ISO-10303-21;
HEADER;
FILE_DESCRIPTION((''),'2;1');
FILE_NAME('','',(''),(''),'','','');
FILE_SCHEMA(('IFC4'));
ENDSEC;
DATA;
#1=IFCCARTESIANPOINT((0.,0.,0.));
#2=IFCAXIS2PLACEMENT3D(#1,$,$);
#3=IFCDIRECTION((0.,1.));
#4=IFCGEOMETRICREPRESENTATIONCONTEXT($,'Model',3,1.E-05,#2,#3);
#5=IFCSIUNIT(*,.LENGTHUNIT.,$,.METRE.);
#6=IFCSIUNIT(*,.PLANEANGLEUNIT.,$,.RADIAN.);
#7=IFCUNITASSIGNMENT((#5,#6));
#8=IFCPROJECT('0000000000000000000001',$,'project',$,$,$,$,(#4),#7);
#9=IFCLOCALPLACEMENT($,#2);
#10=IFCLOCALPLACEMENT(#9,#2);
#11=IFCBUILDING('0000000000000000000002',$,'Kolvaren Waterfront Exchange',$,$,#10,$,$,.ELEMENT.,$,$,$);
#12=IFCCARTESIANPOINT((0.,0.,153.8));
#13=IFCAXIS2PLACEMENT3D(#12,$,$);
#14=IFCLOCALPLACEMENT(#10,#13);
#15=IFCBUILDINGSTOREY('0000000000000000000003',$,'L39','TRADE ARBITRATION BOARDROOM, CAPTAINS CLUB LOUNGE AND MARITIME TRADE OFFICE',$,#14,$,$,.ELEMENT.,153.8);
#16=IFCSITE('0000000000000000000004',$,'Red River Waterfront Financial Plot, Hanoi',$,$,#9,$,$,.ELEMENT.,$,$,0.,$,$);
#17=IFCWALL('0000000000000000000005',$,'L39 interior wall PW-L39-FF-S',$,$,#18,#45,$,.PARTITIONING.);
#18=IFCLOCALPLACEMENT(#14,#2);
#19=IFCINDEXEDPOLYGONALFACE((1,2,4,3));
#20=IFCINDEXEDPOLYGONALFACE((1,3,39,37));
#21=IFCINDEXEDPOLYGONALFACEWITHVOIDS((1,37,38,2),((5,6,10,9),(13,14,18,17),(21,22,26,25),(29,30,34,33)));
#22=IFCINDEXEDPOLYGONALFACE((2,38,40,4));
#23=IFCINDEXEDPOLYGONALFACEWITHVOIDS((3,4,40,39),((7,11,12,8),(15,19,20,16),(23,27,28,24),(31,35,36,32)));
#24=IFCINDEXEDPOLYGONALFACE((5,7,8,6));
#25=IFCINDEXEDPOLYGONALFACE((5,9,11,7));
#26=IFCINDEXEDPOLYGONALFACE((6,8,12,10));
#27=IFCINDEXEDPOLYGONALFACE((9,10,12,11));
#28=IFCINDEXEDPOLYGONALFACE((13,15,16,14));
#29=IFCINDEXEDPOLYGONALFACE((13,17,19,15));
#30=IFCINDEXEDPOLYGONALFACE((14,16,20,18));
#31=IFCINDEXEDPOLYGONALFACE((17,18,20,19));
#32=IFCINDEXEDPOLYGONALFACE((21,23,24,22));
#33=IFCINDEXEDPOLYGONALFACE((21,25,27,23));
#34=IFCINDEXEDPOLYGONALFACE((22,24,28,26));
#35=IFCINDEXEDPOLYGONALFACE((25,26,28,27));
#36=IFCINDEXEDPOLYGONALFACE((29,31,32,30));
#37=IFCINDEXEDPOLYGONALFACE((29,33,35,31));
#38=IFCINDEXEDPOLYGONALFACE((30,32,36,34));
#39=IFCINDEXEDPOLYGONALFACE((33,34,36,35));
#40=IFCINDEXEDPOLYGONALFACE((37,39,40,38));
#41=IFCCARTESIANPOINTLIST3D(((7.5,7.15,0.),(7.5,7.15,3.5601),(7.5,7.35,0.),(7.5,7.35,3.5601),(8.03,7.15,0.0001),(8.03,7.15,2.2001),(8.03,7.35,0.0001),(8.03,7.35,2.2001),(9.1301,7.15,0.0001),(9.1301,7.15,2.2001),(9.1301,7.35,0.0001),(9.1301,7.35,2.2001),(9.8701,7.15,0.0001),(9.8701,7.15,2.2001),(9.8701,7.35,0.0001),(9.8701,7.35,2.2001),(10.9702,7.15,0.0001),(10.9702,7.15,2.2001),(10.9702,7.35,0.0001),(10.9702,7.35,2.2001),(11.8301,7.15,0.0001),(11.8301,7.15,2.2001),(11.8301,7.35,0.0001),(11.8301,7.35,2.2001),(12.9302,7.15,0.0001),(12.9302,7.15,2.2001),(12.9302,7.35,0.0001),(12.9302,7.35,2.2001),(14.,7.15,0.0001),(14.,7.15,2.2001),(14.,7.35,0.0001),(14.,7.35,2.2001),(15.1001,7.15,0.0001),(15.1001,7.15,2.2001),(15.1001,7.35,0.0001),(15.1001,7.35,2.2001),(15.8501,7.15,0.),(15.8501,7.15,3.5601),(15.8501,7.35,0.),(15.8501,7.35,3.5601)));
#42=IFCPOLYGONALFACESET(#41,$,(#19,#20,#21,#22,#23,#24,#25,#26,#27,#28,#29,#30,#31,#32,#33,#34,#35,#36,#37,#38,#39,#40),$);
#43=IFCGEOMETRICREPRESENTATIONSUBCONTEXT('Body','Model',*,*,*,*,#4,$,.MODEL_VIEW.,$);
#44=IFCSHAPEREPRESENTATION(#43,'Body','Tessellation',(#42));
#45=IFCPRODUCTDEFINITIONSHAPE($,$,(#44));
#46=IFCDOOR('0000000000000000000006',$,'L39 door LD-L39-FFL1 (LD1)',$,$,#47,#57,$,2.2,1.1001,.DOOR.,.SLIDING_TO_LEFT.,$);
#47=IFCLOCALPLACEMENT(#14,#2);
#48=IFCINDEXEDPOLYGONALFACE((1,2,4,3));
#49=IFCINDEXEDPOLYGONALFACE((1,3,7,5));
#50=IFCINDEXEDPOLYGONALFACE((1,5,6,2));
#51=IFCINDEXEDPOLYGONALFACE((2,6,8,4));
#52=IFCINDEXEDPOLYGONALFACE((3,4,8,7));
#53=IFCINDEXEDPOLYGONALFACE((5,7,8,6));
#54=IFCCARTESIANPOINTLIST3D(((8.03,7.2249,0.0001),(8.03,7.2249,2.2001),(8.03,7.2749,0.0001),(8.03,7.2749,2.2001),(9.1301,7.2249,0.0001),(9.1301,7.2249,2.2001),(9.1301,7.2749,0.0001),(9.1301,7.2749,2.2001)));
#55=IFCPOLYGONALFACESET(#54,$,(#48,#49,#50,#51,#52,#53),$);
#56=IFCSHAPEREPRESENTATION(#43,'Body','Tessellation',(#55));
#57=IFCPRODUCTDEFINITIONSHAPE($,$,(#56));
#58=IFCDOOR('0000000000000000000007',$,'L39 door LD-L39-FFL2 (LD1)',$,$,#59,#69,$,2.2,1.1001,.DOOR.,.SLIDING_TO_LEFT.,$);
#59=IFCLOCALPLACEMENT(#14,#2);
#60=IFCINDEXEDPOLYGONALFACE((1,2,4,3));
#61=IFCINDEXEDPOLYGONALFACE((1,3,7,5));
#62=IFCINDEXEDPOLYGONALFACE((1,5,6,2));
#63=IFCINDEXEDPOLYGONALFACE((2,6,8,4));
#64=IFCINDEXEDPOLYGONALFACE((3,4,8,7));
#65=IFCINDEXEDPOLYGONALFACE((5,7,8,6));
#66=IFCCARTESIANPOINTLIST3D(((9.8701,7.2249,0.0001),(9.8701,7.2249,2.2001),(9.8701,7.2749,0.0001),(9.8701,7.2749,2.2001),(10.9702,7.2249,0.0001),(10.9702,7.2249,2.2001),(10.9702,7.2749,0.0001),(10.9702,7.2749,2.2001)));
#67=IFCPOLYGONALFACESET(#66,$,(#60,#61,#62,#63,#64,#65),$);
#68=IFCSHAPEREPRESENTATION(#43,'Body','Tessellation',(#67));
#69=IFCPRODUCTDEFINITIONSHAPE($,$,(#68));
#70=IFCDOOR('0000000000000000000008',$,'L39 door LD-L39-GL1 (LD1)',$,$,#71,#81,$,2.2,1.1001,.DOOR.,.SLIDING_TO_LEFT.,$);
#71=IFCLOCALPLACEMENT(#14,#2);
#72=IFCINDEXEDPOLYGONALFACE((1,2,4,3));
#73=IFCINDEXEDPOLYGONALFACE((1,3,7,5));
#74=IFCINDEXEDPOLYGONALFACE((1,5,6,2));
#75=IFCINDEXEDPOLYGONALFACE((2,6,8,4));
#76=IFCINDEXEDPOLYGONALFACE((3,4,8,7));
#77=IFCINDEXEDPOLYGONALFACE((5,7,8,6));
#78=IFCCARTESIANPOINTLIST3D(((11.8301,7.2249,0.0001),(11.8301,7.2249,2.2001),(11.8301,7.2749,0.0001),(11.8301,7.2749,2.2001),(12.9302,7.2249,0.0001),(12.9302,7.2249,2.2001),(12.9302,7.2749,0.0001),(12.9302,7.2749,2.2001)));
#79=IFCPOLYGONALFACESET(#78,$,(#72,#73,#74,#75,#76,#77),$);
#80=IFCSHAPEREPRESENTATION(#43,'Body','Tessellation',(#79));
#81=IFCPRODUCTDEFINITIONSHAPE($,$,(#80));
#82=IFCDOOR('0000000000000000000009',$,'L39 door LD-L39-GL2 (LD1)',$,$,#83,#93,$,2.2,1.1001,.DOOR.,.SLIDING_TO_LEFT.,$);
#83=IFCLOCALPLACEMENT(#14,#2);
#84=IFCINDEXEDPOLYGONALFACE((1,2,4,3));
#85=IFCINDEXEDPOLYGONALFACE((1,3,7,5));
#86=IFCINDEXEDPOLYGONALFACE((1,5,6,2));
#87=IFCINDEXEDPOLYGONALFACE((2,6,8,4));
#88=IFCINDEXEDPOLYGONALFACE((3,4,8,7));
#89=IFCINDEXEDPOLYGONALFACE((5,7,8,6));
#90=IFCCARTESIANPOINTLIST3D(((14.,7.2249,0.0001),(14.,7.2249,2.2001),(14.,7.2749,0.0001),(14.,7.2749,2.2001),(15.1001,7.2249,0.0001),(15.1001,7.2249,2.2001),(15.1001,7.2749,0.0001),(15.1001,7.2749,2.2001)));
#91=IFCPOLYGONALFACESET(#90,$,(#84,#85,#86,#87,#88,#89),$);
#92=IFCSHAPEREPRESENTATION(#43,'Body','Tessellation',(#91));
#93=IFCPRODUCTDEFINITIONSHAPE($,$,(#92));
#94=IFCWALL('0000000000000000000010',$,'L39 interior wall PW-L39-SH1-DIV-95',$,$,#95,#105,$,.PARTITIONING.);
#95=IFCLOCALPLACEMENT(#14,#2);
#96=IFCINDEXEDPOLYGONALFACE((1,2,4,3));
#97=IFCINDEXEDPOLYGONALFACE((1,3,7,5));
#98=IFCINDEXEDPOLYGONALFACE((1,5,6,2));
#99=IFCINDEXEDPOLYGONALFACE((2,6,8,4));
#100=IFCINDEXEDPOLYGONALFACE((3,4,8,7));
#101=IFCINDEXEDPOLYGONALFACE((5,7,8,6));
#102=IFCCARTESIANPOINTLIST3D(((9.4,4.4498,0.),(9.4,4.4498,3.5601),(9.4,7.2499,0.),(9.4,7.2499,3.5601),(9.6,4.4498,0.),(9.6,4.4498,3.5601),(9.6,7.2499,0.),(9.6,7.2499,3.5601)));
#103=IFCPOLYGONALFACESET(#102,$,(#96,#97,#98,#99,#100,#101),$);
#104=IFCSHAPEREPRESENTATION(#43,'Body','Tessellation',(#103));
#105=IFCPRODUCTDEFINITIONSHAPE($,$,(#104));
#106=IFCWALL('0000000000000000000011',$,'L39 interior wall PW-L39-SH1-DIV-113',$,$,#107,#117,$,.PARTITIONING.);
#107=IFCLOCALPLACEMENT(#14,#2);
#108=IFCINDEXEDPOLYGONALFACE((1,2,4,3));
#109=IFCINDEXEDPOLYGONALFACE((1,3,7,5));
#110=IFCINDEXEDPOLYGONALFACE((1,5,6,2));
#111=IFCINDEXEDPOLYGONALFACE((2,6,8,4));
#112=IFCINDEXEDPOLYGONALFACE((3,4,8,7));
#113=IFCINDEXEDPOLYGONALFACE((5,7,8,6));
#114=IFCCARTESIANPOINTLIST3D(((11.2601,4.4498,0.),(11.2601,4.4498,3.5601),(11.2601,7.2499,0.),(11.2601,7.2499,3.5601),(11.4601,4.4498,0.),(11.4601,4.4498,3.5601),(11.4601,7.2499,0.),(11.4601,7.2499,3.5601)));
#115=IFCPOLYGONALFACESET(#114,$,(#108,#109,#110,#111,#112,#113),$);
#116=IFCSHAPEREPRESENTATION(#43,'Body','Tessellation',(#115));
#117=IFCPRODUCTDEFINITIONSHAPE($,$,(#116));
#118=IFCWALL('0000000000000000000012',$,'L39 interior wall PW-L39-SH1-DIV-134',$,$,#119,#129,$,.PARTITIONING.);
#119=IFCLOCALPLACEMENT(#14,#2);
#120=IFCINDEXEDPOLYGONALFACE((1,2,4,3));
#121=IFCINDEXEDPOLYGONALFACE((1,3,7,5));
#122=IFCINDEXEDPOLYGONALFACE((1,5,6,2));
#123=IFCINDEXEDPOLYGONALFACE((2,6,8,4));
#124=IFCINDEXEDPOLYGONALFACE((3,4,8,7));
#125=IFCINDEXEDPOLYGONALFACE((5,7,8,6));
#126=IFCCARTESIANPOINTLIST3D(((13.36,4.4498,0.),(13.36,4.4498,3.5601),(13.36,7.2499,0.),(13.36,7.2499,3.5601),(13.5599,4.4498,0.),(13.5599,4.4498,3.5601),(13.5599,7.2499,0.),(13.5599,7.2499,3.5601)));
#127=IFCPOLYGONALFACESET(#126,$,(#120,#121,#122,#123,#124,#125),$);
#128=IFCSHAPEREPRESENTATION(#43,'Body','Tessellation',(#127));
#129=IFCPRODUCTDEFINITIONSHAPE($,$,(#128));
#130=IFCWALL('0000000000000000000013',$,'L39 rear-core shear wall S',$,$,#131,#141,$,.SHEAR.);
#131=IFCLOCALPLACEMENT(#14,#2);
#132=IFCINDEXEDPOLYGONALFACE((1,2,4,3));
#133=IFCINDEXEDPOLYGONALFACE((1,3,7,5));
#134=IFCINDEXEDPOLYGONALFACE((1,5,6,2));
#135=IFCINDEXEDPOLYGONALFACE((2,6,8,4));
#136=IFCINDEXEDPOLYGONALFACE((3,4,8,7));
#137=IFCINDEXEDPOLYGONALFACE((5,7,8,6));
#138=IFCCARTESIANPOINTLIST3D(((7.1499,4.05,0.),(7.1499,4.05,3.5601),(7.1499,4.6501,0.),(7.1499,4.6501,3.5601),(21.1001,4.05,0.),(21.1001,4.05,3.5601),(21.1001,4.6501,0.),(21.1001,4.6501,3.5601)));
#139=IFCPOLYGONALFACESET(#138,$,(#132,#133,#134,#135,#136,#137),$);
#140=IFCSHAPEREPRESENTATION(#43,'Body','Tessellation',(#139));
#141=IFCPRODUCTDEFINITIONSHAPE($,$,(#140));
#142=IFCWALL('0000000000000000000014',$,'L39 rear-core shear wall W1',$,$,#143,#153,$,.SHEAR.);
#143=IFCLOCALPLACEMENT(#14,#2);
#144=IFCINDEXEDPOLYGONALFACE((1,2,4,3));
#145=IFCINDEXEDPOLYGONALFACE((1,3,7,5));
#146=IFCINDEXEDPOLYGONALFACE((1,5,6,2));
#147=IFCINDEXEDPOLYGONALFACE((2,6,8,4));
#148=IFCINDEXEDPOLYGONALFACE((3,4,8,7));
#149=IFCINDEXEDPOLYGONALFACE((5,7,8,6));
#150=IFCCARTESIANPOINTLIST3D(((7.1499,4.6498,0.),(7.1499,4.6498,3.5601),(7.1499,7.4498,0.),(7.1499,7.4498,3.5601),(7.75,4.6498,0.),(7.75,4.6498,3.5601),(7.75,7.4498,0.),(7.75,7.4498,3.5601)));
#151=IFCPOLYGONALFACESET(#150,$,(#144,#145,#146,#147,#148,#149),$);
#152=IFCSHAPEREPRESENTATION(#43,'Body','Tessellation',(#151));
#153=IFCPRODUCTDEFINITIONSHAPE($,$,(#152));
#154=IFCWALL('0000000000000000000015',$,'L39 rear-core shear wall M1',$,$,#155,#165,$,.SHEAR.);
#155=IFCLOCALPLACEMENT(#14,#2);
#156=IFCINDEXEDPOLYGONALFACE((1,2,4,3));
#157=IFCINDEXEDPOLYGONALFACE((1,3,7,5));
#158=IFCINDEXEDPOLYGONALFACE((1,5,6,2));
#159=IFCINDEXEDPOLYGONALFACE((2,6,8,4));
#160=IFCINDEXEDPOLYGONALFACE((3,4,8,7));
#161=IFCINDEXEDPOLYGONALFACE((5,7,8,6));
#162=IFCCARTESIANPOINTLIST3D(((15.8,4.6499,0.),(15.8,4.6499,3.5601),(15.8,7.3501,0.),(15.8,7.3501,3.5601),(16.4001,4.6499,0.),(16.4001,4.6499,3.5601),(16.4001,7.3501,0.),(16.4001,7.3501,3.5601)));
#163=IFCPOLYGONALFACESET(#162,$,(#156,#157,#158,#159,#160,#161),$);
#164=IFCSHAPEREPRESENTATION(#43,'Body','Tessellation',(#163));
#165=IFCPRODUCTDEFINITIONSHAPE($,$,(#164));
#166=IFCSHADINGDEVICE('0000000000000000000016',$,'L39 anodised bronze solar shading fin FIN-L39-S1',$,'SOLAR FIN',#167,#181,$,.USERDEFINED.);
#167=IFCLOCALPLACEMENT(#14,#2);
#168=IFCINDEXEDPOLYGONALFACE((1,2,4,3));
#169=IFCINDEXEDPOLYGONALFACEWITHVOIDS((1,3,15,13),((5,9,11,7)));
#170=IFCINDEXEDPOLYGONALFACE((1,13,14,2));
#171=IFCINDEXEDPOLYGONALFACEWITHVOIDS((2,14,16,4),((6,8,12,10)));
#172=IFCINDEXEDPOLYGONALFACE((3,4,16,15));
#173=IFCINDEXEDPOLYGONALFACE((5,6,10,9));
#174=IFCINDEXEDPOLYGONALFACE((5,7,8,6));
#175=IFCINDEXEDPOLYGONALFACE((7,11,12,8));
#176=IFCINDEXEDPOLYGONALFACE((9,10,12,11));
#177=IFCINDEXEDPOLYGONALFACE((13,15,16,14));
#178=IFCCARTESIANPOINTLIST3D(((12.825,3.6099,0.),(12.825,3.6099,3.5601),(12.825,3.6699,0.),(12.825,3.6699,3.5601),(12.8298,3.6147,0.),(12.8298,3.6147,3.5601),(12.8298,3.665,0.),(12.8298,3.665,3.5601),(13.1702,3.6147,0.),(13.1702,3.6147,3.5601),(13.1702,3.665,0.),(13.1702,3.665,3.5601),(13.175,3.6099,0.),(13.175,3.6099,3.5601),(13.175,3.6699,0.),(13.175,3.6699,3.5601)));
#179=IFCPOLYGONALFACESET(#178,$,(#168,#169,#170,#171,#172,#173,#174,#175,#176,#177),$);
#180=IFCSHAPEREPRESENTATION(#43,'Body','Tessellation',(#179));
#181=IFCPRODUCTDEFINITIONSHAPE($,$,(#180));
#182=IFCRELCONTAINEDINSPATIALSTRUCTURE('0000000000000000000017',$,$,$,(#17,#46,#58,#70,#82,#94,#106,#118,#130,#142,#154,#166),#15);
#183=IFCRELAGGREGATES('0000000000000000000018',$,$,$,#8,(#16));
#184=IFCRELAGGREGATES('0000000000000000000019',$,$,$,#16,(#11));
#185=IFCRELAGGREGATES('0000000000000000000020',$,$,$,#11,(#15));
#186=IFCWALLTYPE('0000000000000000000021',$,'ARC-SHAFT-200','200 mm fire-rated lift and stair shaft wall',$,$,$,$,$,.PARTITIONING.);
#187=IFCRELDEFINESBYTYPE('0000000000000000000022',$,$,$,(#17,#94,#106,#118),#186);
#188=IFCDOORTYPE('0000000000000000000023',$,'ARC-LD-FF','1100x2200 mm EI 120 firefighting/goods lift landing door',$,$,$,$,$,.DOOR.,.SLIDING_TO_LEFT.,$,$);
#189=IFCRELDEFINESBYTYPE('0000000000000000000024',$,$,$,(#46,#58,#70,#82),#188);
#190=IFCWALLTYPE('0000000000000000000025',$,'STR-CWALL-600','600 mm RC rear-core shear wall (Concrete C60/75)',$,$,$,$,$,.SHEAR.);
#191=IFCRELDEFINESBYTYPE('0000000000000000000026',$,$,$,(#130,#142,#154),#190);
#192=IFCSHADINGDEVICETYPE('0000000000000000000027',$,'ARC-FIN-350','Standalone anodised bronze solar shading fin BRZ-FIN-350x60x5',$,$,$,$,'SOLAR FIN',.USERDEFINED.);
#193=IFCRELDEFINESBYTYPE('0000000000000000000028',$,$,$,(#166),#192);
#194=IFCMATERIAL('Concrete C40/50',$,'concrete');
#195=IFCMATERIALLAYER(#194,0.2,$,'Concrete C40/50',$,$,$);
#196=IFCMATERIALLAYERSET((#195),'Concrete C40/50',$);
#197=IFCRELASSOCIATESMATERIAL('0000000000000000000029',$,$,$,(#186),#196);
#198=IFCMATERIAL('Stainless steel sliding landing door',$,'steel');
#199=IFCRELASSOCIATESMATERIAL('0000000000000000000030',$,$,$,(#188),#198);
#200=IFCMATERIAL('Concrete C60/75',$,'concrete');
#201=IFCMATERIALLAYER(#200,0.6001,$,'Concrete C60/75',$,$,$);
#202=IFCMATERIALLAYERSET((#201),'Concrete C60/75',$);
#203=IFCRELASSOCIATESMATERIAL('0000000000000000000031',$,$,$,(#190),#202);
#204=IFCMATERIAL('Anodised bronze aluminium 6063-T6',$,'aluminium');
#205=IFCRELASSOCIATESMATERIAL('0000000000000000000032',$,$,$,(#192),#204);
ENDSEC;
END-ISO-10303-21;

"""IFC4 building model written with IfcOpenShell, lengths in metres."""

from ifc_helpers import new_model, si_unit, direction, frame, frame_2d, origin, origin_2d, place, context, subcontext, project, spatial, rectangle, hollow_rectangle, extrude, material, layer, layer_set, material_profile, profile_set, type_object, element, fill, save


model = new_model("IFC4")

# Units and contexts
model_context = context("Model", 3, precision=1e-05, world=origin(), true_north=direction((0.0, 1.0)))
body_context = subcontext(model_context, "Body", "Model", "MODEL_VIEW")
ifc_project = project(units=[si_unit("LENGTHUNIT", "METRE"), si_unit("PLANEANGLEUNIT", "RADIAN")], contexts=[model_context])

# Site, building, storey
site_placement = place(None, origin())
site = spatial("IfcSite", under=ifc_project, at=site_placement, Name="Red River Waterfront Financial Plot, Hanoi", CompositionType="ELEMENT", RefElevation=0.0)
building_placement = place(site_placement, origin())
building = spatial("IfcBuilding", under=site, at=building_placement, Name="Kolvaren Waterfront Exchange", CompositionType="ELEMENT")
storey_placement = place(building_placement, frame((0.0, 0.0, 153.8)))
storey = spatial("IfcBuildingStorey", under=building, at=storey_placement, Name="L39", Description="TRADE ARBITRATION BOARDROOM, CAPTAINS CLUB LOUNGE AND MARITIME TRADE OFFICE", CompositionType="ELEMENT", Elevation=153.8)

# Shared definitions
ifc_material_1 = material(Name="Concrete C60/75", Category="concrete")

# Shared definitions
ifc_material_2 = material(Name="Anodised bronze aluminium 6063-T6", Category="aluminium")

# Shared definitions
ifc_material_3 = material(Name="Concrete C40/50", Category="concrete")
ifc_layer_1 = layer(ifc_material_3, 0.2, Name="Concrete C40/50")
ifc_layer_set_1 = layer_set([ifc_layer_1], Name="Concrete C40/50")
wall_type_1 = type_object("IfcWallType", Name="ARC-SHAFT-200", Description="200 mm fire-rated lift and stair shaft wall", PredefinedType="PARTITIONING", material=ifc_layer_set_1)

# Wall, openings, doors
wall_1_placement = place(storey_placement, frame((7.5, 7.25, 0.0), z_axis=(0.0, 0.0, 1.0), x_axis=(1.0, 0.0, 0.0)))
wall_1 = element("IfcWall", 1, at=wall_1_placement, inside=storey, type_object=wall_type_1, Name="L39 interior wall PW-L39-FF-S", PredefinedType="PARTITIONING", context=body_context, shape_type="SweptSolid", body=[
    extrude(rectangle(XDim=8.3501, YDim=0.2, at=frame_2d((4.175, 0.0))), origin(), (0.0, 0.0, 1.0), 3.5601),
])
opening_1_placement = place(wall_1_placement, frame((0.53, 0.0, 0.0)))
opening_1 = element("IfcOpeningElement", 2, at=opening_1_placement, cuts=wall_1, PredefinedType="OPENING", context=body_context, shape_type="SweptSolid", body=[
    extrude(rectangle(XDim=1.1001, YDim=2.2, at=frame_2d((0.55, 1.1001))), frame((0.0, 0.1099, 0.0), z_axis=(0.0, -1.0, 0.0), x_axis=(1.0, 0.0, 0.0)), (0.0, 0.0, 1.0), 0.22),
])
opening_2_placement = place(wall_1_placement, frame((2.3701, 0.0, 0.0)))
opening_2 = element("IfcOpeningElement", 3, at=opening_2_placement, cuts=wall_1, PredefinedType="OPENING", context=body_context, shape_type="SweptSolid", body=[
    extrude(rectangle(XDim=1.1001, YDim=2.2, at=frame_2d((0.55, 1.1001))), frame((0.0, 0.1099, 0.0), z_axis=(0.0, -1.0, 0.0), x_axis=(1.0, 0.0, 0.0)), (0.0, 0.0, 1.0), 0.22),
])
opening_3_placement = place(wall_1_placement, frame((4.3301, 0.0, 0.0)))
opening_3 = element("IfcOpeningElement", 4, at=opening_3_placement, cuts=wall_1, PredefinedType="OPENING", context=body_context, shape_type="SweptSolid", body=[
    extrude(rectangle(XDim=1.1001, YDim=2.2, at=frame_2d((0.55, 1.1001))), frame((0.0, 0.1099, 0.0), z_axis=(0.0, -1.0, 0.0), x_axis=(1.0, 0.0, 0.0)), (0.0, 0.0, 1.0), 0.22),
])
opening_4_placement = place(wall_1_placement, frame((6.5, 0.0, 0.0)))
opening_4 = element("IfcOpeningElement", 5, at=opening_4_placement, cuts=wall_1, PredefinedType="OPENING", context=body_context, shape_type="SweptSolid", body=[
    extrude(rectangle(XDim=1.1001, YDim=2.2, at=frame_2d((0.55, 1.1001))), frame((0.0, 0.1099, 0.0), z_axis=(0.0, -1.0, 0.0), x_axis=(1.0, 0.0, 0.0)), (0.0, 0.0, 1.0), 0.22),
])
ifc_material_4 = material(Name="Stainless steel sliding landing door", Category="steel")
door_type_1 = type_object("IfcDoorType", Name="ARC-LD-FF", Description="1100x2200 mm EI 120 firefighting/goods lift landing door", OperationType="SLIDING_TO_LEFT", PredefinedType="DOOR", material=ifc_material_4)
door_1_placement = place(opening_1_placement, origin())
door_1 = element("IfcDoor", 6, at=door_1_placement, inside=storey, type_object=door_type_1, Name="L39 door LD-L39-FFL1 (LD1)", OperationType="SLIDING_TO_LEFT", OverallHeight=2.2, OverallWidth=1.1001, PredefinedType="DOOR", context=body_context, shape_type="SweptSolid", body=[
    extrude(rectangle(XDim=1.1001, YDim=2.2, at=frame_2d((0.55, 1.1001))), frame((0.0, 0.0249, 0.0), z_axis=(0.0, -1.0, 0.0), x_axis=(1.0, 0.0, 0.0)), (0.0, 0.0, 1.0), 0.05),
])
fill(opening_1, door_1)
door_2_placement = place(opening_2_placement, origin())
door_2 = element("IfcDoor", 7, at=door_2_placement, inside=storey, type_object=door_type_1, Name="L39 door LD-L39-FFL2 (LD1)", OperationType="SLIDING_TO_LEFT", OverallHeight=2.2, OverallWidth=1.1001, PredefinedType="DOOR", context=body_context, shape_type="SweptSolid", body=[
    extrude(rectangle(XDim=1.1001, YDim=2.2, at=frame_2d((0.55, 1.1001))), frame((0.0, 0.0249, 0.0), z_axis=(0.0, -1.0, 0.0), x_axis=(1.0, 0.0, 0.0)), (0.0, 0.0, 1.0), 0.05),
])
fill(opening_2, door_2)
door_3_placement = place(opening_3_placement, origin())
door_3 = element("IfcDoor", 8, at=door_3_placement, inside=storey, type_object=door_type_1, Name="L39 door LD-L39-GL1 (LD1)", OperationType="SLIDING_TO_LEFT", OverallHeight=2.2, OverallWidth=1.1001, PredefinedType="DOOR", context=body_context, shape_type="SweptSolid", body=[
    extrude(rectangle(XDim=1.1001, YDim=2.2, at=frame_2d((0.55, 1.1001))), frame((0.0, 0.0249, 0.0), z_axis=(0.0, -1.0, 0.0), x_axis=(1.0, 0.0, 0.0)), (0.0, 0.0, 1.0), 0.05),
])
fill(opening_3, door_3)
door_4_placement = place(opening_4_placement, origin())
door_4 = element("IfcDoor", 9, at=door_4_placement, inside=storey, type_object=door_type_1, Name="L39 door LD-L39-GL2 (LD1)", OperationType="SLIDING_TO_LEFT", OverallHeight=2.2, OverallWidth=1.1001, PredefinedType="DOOR", context=body_context, shape_type="SweptSolid", body=[
    extrude(rectangle(XDim=1.1001, YDim=2.2, at=frame_2d((0.55, 1.1001))), frame((0.0, 0.0249, 0.0), z_axis=(0.0, -1.0, 0.0), x_axis=(1.0, 0.0, 0.0)), (0.0, 0.0, 1.0), 0.05),
])
fill(opening_4, door_4)

# Walls
for number, where, z_axis, x_axis, name in (
    (10, (9.5, 4.45, 0.0), (0.0, 0.0, 1.0), (0.0, 1.0, 0.0), "L39 interior wall PW-L39-SH1-DIV-95"),
    (11, (11.3601, 4.45, 0.0), (0.0, 0.0, 1.0), (0.0, 1.0, 0.0), "L39 interior wall PW-L39-SH1-DIV-113"),
    (12, (13.46, 4.45, 0.0), (0.0, 0.0, 1.0), (0.0, 1.0, 0.0), "L39 interior wall PW-L39-SH1-DIV-134"),
):
    element("IfcWall", number, at=place(storey_placement, frame(where, z_axis=z_axis, x_axis=x_axis)), inside=storey, type_object=wall_type_1, Name=name, PredefinedType="PARTITIONING", context=body_context, shape_type="SweptSolid", body=[
        extrude(rectangle(XDim=2.8, YDim=0.2, at=frame_2d((1.3999, 0.0))), origin(), (0.0, 0.0, 1.0), 3.5601),
    ])
ifc_layer_2 = layer(ifc_material_1, 0.6001, Name="Concrete C60/75")
ifc_layer_set_2 = layer_set([ifc_layer_2], Name="Concrete C60/75")
wall_type_2 = type_object("IfcWallType", Name="STR-CWALL-600", Description="600 mm RC rear-core shear wall (Concrete C60/75)", PredefinedType="SHEAR", material=ifc_layer_set_2)
wall_2_placement = place(storey_placement, frame((7.1499, 4.3501, 0.0), z_axis=(0.0, 0.0, 1.0), x_axis=(1.0, 0.0, 0.0)))
element("IfcWall", 13, at=wall_2_placement, inside=storey, type_object=wall_type_2, Name="L39 rear-core shear wall S", PredefinedType="SHEAR", context=body_context, shape_type="SweptSolid", body=[
    extrude(rectangle(XDim=13.9502, YDim=0.6001, at=frame_2d((6.9751, 0.0))), origin(), (0.0, 0.0, 1.0), 3.5601),
])
wall_3_placement = place(storey_placement, frame((7.45, 4.6499, 0.0), z_axis=(0.0, 0.0, 1.0), x_axis=(0.0, 1.0, 0.0)))
element("IfcWall", 14, at=wall_3_placement, inside=storey, type_object=wall_type_2, Name="L39 rear-core shear wall W1", PredefinedType="SHEAR", context=body_context, shape_type="SweptSolid", body=[
    extrude(rectangle(XDim=2.8, YDim=0.6001, at=frame_2d((1.3999, 0.0))), origin(), (0.0, 0.0, 1.0), 3.5601),
])
wall_4_placement = place(storey_placement, frame((16.1001, 4.6499, 0.0), z_axis=(0.0, 0.0, 1.0), x_axis=(0.0, 1.0, 0.0)))
element("IfcWall", 15, at=wall_4_placement, inside=storey, type_object=wall_type_2, Name="L39 rear-core shear wall M1", PredefinedType="SHEAR", context=body_context, shape_type="SweptSolid", body=[
    extrude(rectangle(XDim=2.7002, YDim=0.6001, at=frame_2d((1.3501, 0.0))), origin(), (0.0, 0.0, 1.0), 3.5601),
])

# Shading device
ifc_material_profile_1 = material_profile(ifc_material_2, hollow_rectangle(XDim=0.0601, YDim=0.3501, WallThickness=0.0049, at=origin_2d()), Name="BRZ-FIN-350x60x5")
ifc_profile_set_1 = profile_set([ifc_material_profile_1], Name="Anodised bronze aluminium 6063-T6")
shading_device_type = type_object("IfcShadingDeviceType", Name="ARC-FIN-350", Description="Standalone anodised bronze solar shading fin BRZ-FIN-350x60x5", ElementType="SOLAR FIN", PredefinedType="USERDEFINED", material=ifc_profile_set_1)
shading_device_placement = place(storey_placement, frame((13.0, 3.6399, 0.0), z_axis=(0.0, 0.0, 1.0), x_axis=(0.0, -1.0, 0.0)))
element("IfcShadingDevice", 16, at=shading_device_placement, inside=storey, type_object=shading_device_type, Name="L39 anodised bronze solar shading fin FIN-L39-S1", ObjectType="SOLAR FIN", PredefinedType="USERDEFINED", context=body_context, shape_type="SweptSolid", body=[
    extrude(hollow_rectangle(XDim=0.0601, YDim=0.3501, WallThickness=0.0049, at=origin_2d()), origin(), (0.0, 0.0, 1.0), 3.5601),
])

save(model, "model.ifc")
